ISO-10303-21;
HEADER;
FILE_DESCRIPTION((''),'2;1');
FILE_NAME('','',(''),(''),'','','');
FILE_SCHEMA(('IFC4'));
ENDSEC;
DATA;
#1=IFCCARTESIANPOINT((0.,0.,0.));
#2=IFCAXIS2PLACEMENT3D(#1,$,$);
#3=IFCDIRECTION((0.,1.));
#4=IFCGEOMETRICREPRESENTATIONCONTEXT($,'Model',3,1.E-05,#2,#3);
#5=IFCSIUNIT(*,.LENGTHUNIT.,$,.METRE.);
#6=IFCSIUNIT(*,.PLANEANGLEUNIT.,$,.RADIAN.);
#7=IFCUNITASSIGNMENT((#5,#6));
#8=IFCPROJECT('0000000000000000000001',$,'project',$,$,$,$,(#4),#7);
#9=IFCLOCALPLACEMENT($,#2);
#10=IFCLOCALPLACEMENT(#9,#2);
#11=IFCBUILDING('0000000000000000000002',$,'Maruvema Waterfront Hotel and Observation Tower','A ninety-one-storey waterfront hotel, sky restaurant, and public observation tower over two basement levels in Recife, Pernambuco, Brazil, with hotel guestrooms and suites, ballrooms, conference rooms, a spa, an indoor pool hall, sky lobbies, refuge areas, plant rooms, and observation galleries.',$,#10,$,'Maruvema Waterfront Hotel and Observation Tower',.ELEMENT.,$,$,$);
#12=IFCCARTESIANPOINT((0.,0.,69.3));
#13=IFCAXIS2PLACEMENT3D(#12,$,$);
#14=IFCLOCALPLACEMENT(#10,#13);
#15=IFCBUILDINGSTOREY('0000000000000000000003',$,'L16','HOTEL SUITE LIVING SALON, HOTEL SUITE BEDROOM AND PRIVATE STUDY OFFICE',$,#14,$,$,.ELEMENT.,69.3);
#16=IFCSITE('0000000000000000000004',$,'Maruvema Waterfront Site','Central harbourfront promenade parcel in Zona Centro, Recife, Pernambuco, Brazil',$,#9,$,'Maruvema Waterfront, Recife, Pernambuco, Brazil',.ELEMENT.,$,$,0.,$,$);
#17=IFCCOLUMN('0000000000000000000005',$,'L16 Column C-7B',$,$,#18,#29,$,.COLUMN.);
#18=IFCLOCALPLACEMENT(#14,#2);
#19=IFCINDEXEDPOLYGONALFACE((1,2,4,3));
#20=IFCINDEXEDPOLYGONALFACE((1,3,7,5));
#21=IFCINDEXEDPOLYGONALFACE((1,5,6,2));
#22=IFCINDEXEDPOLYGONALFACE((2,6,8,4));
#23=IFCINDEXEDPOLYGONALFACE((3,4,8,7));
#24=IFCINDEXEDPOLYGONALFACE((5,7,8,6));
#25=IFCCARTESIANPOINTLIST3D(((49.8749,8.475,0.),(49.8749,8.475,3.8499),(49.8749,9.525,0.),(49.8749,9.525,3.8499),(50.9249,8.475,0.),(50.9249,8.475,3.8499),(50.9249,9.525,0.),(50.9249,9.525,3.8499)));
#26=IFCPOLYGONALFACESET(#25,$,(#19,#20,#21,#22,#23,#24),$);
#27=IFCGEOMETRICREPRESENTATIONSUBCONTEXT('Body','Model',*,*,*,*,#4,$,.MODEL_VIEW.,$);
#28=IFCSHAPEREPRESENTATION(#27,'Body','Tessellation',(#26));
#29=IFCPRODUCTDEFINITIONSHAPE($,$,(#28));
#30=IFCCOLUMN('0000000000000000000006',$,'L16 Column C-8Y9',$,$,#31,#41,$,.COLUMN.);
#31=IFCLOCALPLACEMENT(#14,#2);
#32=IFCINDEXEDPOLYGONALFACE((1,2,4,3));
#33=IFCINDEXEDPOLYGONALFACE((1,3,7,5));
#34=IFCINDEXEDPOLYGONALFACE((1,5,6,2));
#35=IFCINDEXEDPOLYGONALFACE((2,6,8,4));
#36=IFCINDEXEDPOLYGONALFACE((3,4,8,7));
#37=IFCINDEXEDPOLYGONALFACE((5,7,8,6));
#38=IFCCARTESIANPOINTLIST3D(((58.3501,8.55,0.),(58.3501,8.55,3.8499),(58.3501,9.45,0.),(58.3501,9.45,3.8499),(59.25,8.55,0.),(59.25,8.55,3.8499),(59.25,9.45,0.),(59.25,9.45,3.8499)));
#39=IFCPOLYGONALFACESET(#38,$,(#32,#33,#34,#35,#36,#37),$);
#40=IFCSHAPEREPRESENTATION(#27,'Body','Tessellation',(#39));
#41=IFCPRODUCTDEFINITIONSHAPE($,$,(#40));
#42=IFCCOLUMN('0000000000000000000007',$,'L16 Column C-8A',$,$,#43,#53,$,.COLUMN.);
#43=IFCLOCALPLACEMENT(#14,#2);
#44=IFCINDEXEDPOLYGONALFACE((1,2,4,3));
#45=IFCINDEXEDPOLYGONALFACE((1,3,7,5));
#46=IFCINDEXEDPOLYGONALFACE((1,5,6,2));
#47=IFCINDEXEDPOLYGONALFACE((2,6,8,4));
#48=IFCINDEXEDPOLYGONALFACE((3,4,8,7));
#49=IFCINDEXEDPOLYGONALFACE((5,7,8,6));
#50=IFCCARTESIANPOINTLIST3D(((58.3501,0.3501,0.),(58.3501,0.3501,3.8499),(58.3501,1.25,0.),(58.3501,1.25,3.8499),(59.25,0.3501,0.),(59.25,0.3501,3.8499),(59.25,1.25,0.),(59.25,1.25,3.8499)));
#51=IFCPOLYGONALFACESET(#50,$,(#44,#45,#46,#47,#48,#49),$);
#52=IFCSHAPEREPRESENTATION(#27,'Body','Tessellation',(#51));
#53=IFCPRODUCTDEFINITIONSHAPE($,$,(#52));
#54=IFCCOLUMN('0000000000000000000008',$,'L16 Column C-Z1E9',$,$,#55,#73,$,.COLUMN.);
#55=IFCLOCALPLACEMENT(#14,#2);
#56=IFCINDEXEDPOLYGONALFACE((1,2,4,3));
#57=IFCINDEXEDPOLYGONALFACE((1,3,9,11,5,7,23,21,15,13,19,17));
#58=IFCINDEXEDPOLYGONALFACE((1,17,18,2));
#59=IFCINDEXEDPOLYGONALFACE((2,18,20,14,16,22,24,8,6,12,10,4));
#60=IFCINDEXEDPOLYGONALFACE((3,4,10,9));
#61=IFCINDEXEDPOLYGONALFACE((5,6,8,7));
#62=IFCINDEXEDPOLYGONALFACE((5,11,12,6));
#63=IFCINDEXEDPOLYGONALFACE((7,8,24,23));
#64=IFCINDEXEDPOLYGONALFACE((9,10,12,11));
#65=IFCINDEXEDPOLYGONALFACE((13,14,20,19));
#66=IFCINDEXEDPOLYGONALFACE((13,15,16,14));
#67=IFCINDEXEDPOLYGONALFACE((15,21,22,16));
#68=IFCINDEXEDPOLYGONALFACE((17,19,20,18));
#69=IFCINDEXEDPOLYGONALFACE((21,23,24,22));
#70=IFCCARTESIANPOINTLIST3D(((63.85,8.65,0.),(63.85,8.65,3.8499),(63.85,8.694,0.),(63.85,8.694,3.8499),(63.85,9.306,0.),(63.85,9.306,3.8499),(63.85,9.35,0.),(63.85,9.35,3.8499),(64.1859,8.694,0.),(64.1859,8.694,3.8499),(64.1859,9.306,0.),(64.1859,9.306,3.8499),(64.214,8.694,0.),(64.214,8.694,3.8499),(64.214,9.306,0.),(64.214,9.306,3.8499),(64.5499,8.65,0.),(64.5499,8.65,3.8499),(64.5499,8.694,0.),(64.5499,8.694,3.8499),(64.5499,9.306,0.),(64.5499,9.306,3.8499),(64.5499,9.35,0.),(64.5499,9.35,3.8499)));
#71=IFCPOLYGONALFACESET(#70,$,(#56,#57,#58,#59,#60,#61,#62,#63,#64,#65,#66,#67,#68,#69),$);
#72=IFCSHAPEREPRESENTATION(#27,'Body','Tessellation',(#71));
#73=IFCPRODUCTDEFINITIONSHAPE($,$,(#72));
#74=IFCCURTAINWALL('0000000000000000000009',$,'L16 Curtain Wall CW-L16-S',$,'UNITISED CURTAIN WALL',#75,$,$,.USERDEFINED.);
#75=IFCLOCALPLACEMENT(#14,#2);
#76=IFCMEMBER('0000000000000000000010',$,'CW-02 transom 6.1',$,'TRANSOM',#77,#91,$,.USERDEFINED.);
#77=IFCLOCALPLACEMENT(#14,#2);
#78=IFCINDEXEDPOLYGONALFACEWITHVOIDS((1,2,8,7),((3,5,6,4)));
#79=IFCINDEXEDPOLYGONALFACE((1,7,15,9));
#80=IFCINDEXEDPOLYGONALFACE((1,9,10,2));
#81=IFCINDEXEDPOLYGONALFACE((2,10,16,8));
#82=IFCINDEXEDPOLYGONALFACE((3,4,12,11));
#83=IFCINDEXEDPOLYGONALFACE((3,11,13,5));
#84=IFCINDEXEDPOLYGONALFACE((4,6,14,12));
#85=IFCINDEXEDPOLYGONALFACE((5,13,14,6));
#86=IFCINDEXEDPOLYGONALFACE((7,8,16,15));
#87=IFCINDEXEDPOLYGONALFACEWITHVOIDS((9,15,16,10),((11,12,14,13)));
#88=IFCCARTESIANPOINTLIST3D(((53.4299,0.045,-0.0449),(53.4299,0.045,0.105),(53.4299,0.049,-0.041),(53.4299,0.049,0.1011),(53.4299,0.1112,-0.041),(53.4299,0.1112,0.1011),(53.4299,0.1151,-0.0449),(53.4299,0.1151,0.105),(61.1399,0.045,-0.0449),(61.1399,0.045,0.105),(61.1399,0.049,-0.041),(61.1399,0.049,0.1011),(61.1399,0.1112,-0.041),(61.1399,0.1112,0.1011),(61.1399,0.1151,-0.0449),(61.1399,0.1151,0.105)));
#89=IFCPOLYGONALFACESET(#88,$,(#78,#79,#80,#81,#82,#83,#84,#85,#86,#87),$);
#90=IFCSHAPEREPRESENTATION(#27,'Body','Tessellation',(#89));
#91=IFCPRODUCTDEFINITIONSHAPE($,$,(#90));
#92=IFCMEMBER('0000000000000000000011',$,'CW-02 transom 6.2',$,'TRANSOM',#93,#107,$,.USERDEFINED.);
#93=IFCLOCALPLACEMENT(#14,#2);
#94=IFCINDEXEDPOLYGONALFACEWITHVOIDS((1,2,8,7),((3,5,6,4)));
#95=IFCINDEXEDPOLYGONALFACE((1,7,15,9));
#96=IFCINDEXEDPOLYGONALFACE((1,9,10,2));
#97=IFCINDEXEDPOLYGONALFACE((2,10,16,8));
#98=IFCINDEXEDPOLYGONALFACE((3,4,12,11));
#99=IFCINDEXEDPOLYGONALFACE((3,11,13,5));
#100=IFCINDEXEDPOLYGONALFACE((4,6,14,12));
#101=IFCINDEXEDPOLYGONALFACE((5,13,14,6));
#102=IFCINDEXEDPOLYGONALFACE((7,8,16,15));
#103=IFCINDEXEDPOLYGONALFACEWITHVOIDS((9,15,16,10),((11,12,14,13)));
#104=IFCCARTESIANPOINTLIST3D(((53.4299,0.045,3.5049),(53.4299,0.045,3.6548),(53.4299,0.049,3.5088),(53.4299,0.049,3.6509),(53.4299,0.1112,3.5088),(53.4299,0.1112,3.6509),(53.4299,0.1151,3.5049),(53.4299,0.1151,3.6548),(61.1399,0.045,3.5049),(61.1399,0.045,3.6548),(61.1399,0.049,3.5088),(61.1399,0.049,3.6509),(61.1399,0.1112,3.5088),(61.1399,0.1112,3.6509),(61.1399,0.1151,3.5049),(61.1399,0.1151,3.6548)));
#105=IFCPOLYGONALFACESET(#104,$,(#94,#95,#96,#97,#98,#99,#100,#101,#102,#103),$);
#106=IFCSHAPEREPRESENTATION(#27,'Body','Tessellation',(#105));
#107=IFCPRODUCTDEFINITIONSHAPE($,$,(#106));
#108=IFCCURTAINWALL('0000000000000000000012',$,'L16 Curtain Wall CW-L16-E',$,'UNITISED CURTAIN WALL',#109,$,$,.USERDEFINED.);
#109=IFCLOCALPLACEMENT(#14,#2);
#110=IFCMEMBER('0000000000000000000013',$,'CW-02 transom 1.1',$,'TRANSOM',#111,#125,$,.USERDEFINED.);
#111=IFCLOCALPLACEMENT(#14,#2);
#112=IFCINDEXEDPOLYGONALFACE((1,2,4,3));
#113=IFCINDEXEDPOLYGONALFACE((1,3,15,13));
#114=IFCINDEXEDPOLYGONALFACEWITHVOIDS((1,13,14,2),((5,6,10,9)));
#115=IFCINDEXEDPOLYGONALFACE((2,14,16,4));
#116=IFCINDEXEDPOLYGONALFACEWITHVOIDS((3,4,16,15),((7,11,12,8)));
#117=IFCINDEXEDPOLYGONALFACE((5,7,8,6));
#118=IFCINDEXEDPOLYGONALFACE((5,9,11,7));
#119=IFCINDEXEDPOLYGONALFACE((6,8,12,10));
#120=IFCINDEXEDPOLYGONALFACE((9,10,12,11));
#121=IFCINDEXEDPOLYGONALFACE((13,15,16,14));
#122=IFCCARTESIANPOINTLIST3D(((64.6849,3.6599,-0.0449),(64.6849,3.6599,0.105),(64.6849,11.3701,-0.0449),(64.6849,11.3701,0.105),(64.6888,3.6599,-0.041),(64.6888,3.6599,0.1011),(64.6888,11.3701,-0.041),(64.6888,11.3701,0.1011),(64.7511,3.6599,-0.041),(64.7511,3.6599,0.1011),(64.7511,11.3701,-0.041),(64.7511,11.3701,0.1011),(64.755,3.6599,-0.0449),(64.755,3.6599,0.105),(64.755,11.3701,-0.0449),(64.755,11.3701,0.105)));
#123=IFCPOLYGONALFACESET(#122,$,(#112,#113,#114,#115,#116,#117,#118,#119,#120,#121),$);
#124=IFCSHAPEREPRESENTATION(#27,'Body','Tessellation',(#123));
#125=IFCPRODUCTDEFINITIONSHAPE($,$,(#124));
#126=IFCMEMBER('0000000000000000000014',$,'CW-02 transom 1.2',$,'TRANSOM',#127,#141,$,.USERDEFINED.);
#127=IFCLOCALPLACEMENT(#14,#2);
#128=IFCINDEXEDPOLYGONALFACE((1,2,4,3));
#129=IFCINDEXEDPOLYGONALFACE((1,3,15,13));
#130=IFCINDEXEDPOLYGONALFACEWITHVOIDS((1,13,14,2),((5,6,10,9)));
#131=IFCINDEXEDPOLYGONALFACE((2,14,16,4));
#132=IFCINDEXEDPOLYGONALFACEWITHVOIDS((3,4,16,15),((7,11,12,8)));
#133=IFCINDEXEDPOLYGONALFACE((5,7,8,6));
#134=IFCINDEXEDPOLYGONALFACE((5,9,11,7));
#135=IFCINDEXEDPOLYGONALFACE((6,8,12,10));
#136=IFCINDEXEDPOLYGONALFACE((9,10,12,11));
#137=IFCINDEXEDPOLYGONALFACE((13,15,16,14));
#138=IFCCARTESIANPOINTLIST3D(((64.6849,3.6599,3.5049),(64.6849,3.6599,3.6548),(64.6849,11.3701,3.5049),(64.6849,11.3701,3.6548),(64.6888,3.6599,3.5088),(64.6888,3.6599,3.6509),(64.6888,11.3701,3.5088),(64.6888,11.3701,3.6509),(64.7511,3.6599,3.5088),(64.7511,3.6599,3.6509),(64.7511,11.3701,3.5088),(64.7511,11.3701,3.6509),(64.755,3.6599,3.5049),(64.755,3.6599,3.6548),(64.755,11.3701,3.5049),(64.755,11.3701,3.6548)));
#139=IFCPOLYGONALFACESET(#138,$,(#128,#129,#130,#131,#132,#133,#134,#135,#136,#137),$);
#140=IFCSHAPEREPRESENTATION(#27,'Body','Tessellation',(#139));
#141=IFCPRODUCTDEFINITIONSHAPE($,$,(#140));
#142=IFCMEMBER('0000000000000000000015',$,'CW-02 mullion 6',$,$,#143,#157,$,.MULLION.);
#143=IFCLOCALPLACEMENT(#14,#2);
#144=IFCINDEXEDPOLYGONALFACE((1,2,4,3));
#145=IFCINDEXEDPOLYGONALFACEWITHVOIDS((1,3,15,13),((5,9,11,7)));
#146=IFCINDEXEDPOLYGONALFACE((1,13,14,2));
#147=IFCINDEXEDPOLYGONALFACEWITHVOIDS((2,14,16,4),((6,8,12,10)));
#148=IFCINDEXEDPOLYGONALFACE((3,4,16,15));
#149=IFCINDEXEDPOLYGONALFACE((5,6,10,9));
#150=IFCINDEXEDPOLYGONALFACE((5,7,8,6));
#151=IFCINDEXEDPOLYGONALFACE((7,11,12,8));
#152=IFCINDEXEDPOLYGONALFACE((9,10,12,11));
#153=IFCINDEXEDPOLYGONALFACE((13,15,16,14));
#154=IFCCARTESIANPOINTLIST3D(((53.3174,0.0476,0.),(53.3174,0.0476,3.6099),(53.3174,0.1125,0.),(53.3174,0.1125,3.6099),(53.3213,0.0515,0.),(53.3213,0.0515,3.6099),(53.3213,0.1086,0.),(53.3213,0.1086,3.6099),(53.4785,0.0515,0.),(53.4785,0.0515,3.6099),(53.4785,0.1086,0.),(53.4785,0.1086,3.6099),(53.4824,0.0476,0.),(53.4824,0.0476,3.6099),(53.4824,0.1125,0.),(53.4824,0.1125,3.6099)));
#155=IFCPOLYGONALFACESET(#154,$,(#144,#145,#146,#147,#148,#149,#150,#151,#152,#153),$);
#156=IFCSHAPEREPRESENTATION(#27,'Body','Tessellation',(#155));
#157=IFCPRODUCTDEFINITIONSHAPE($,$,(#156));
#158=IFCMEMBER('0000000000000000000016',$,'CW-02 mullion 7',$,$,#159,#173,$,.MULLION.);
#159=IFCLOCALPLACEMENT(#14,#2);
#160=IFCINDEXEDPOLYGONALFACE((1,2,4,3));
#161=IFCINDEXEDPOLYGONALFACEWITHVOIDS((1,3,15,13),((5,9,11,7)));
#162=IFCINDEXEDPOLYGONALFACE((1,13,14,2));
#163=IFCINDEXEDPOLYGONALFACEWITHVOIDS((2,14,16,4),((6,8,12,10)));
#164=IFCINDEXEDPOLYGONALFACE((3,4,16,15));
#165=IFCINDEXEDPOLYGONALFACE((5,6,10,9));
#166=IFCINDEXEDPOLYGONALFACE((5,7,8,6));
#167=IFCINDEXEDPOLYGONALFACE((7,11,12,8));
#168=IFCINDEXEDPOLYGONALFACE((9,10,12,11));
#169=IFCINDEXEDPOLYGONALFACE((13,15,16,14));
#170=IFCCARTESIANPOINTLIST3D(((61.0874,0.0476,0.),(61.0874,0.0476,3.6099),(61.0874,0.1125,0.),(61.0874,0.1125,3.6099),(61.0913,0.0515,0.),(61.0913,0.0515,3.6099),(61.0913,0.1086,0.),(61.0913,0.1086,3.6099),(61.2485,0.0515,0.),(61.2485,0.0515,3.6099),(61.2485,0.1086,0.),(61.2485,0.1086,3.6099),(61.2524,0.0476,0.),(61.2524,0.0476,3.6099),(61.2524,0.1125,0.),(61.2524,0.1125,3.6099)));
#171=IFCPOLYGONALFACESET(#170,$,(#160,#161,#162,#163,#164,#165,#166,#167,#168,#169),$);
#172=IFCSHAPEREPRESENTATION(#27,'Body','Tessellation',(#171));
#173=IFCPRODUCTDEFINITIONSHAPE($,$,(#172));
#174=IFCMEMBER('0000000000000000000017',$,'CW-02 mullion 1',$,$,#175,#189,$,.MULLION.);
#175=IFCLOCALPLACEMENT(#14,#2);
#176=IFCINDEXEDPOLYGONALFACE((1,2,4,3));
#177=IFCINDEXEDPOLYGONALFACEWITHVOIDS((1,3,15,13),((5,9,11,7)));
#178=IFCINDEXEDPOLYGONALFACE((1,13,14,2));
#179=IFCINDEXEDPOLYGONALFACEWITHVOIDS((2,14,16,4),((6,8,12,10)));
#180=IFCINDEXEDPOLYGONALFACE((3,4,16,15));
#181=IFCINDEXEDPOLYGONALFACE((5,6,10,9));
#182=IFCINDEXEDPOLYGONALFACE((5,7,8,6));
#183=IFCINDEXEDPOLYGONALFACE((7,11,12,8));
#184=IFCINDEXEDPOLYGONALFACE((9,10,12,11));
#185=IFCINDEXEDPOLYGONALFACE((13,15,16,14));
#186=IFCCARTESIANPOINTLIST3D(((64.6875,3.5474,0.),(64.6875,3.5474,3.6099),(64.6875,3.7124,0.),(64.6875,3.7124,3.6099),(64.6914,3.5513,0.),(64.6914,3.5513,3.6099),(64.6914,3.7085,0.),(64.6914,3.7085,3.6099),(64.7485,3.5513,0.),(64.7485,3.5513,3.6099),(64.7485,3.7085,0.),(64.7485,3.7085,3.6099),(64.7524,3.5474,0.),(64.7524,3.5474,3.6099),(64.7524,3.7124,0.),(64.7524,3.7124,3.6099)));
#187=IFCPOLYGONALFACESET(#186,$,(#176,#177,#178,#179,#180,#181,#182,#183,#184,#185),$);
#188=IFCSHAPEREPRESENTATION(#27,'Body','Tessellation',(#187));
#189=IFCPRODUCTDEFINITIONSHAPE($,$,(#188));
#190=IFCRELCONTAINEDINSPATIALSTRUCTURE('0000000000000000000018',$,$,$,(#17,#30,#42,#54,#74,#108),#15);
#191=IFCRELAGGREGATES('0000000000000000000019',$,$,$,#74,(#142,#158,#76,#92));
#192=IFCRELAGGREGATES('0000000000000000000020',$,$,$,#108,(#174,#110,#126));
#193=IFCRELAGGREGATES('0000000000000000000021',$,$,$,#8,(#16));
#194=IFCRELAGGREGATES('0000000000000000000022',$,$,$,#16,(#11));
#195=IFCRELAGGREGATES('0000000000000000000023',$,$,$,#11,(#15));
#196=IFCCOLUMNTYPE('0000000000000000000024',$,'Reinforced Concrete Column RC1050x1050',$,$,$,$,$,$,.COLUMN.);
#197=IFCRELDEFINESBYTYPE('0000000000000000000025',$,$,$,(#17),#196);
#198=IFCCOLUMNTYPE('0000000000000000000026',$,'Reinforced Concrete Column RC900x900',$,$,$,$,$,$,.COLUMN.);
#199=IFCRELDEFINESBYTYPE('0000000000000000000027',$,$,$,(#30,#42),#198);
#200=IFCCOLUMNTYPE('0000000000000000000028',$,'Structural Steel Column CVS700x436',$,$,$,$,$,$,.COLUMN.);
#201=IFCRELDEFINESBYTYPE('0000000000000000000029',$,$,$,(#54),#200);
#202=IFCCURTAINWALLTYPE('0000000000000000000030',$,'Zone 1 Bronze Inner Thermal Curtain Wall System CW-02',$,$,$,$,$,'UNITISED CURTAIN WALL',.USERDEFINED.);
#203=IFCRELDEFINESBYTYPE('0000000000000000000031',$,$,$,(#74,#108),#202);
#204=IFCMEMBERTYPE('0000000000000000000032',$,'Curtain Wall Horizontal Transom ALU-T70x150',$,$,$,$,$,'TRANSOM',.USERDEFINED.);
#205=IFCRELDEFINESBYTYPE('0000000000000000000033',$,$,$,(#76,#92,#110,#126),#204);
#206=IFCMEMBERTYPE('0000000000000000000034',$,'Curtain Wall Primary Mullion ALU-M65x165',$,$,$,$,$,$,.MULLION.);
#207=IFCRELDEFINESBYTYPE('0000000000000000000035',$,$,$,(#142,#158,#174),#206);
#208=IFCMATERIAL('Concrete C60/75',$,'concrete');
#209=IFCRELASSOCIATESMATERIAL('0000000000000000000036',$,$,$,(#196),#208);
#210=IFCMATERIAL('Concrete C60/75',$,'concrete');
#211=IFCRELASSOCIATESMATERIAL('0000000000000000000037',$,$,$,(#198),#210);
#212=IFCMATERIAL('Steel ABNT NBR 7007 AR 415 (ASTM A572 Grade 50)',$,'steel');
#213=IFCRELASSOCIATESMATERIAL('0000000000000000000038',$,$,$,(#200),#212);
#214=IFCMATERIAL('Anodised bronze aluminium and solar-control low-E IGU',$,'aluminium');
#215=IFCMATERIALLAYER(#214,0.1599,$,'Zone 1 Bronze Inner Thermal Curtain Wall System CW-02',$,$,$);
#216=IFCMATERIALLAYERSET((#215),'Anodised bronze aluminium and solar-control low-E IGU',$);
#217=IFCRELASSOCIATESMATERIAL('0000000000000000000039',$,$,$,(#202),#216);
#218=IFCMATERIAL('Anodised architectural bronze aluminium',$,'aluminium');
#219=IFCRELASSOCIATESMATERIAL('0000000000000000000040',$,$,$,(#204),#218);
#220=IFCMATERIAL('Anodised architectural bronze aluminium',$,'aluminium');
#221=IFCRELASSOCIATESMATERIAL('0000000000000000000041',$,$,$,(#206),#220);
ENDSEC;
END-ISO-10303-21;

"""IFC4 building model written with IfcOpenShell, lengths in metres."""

from ifc_helpers import new_model, si_unit, direction, frame, origin, origin_2d, place, context, subcontext, project, spatial, rectangle, hollow_rectangle, i_section, extrude, material, layer, layer_set, material_profile, profile_set, type_object, element, aggregate, save


model = new_model("IFC4")

# Units and contexts
model_context = context("Model", 3, precision=1e-05, world=origin(), true_north=direction((0.0, 1.0)))
body_context = subcontext(model_context, "Body", "Model", "MODEL_VIEW")
ifc_project = project(units=[si_unit("LENGTHUNIT", "METRE"), si_unit("PLANEANGLEUNIT", "RADIAN")], contexts=[model_context])

# Site, building, storey
site_placement = place(None, origin())
site = spatial("IfcSite", under=ifc_project, at=site_placement, Name="Maruvema Waterfront Site", Description="Central harbourfront promenade parcel in Zona Centro, Recife, Pernambuco, Brazil", LongName="Maruvema Waterfront, Recife, Pernambuco, Brazil", CompositionType="ELEMENT", RefElevation=0.0)
building_placement = place(site_placement, origin())
building = spatial("IfcBuilding", under=site, at=building_placement, Name="Maruvema Waterfront Hotel and Observation Tower", Description="A ninety-one-storey waterfront hotel, sky restaurant, and public observation tower over two basement levels in Recife, Pernambuco, Brazil, with hotel guestrooms and suites, ballrooms, conference rooms, a spa, an indoor pool hall, sky lobbies, refuge areas, plant rooms, and observation galleries.", LongName="Maruvema Waterfront Hotel and Observation Tower", CompositionType="ELEMENT")
storey_placement = place(building_placement, frame((0.0, 0.0, 69.3)))
storey = spatial("IfcBuildingStorey", under=building, at=storey_placement, Name="L16", Description="HOTEL SUITE LIVING SALON, HOTEL SUITE BEDROOM AND PRIVATE STUDY OFFICE", CompositionType="ELEMENT", Elevation=69.3)

# Columns
ifc_material_1 = material(Name="Concrete C60/75", Category="concrete")
ifc_material_profile_1 = material_profile(ifc_material_1, rectangle(XDim=1.05, YDim=1.05, at=origin_2d()), Name="RC1050x1050")
ifc_profile_set_1 = profile_set([ifc_material_profile_1], Name="Concrete C60/75")
column_type_1 = type_object("IfcColumnType", Name="Reinforced Concrete Column RC1050x1050", PredefinedType="COLUMN", material=ifc_profile_set_1)
column_1_placement = place(storey_placement, frame((50.3999, 9.0, 0.0), z_axis=(0.0, 0.0, 1.0), x_axis=(1.0, 0.0, 0.0)))
element("IfcColumn", 1, at=column_1_placement, inside=storey, type_object=column_type_1, Name="L16 Column C-7B", PredefinedType="COLUMN", context=body_context, shape_type="SweptSolid", body=[
    extrude(rectangle(XDim=1.05, YDim=1.05, at=origin_2d()), origin(), (0.0, 0.0, 1.0), 3.8499),
])
ifc_material_2 = material(Name="Concrete C60/75", Category="concrete")
ifc_material_profile_2 = material_profile(ifc_material_2, rectangle(XDim=0.8999, YDim=0.8999, at=origin_2d()), Name="RC900x900")
ifc_profile_set_2 = profile_set([ifc_material_profile_2], Name="Concrete C60/75")
column_type_2 = type_object("IfcColumnType", Name="Reinforced Concrete Column RC900x900", PredefinedType="COLUMN", material=ifc_profile_set_2)
for number, where, z_axis, x_axis, name in (
    (2, (58.8, 9.0, 0.0), (0.0, 0.0, 1.0), (1.0, 0.0, 0.0), "L16 Column C-8Y9"),
    (3, (58.8, 0.8, 0.0), (0.0, 0.0, 1.0), (1.0, 0.0, 0.0), "L16 Column C-8A"),
):
    element("IfcColumn", number, at=place(storey_placement, frame(where, z_axis=z_axis, x_axis=x_axis)), inside=storey, type_object=column_type_2, Name=name, PredefinedType="COLUMN", context=body_context, shape_type="SweptSolid", body=[
        extrude(rectangle(XDim=0.8999, YDim=0.8999, at=origin_2d()), origin(), (0.0, 0.0, 1.0), 3.8499),
    ])
ifc_material_3 = material(Name="Steel ABNT NBR 7007 AR 415 (ASTM A572 Grade 50)", Category="steel")
ifc_material_profile_3 = material_profile(ifc_material_3, i_section(OverallWidth=0.7, OverallDepth=0.7, WebThickness=0.0281, FlangeThickness=0.0439, at=origin_2d()), Name="CVS700x436")
ifc_profile_set_3 = profile_set([ifc_material_profile_3], Name="Steel ABNT NBR 7007 AR 415 (ASTM A572 Grade 50)")
column_type_3 = type_object("IfcColumnType", Name="Structural Steel Column CVS700x436", PredefinedType="COLUMN", material=ifc_profile_set_3)
column_2_placement = place(storey_placement, frame((64.2, 9.0, 0.0), z_axis=(0.0, 0.0, 1.0), x_axis=(1.0, 0.0, 0.0)))
element("IfcColumn", 4, at=column_2_placement, inside=storey, type_object=column_type_3, Name="L16 Column C-Z1E9", PredefinedType="COLUMN", context=body_context, shape_type="SweptSolid", body=[
    extrude(i_section(OverallWidth=0.7, OverallDepth=0.7, WebThickness=0.0281, FlangeThickness=0.0439, at=origin_2d()), origin(), (0.0, 0.0, 1.0), 3.8499),
])

# Curtain walls, members
ifc_material_4 = material(Name="Anodised bronze aluminium and solar-control low-E IGU", Category="aluminium")
ifc_layer_1 = layer(ifc_material_4, 0.1599, Name="Zone 1 Bronze Inner Thermal Curtain Wall System CW-02")
ifc_layer_set_1 = layer_set([ifc_layer_1], Name="Anodised bronze aluminium and solar-control low-E IGU")
curtain_wall_type = type_object("IfcCurtainWallType", Name="Zone 1 Bronze Inner Thermal Curtain Wall System CW-02", ElementType="UNITISED CURTAIN WALL", PredefinedType="USERDEFINED", material=ifc_layer_set_1)
curtain_wall_1_placement = place(storey_placement, origin())
curtain_wall_1 = element("IfcCurtainWall", 5, at=curtain_wall_1_placement, inside=storey, type_object=curtain_wall_type, Name="L16 Curtain Wall CW-L16-S", ObjectType="UNITISED CURTAIN WALL", PredefinedType="USERDEFINED")
ifc_material_5 = material(Name="Anodised architectural bronze aluminium", Category="aluminium")
ifc_material_profile_4 = material_profile(ifc_material_5, hollow_rectangle(XDim=0.0701, YDim=0.1499, WallThickness=0.0039, at=origin_2d()), Name="ALU-T70x150")
ifc_profile_set_4 = profile_set([ifc_material_profile_4], Name="Anodised architectural bronze aluminium")
member_type_1 = type_object("IfcMemberType", Name="Curtain Wall Horizontal Transom ALU-T70x150", ElementType="TRANSOM", PredefinedType="USERDEFINED", material=ifc_profile_set_4)
member_1_placement = place(storey_placement, frame((53.4299, 0.0801, 0.03), z_axis=(1.0, 0.0, 0.0), x_axis=(0.0, 1.0, 0.0)))
member_1 = element("IfcMember", 6, at=member_1_placement, type_object=member_type_1, Name="CW-02 transom 6.1", ObjectType="TRANSOM", PredefinedType="USERDEFINED", context=body_context, shape_type="SweptSolid", body=[
    extrude(hollow_rectangle(XDim=0.0701, YDim=0.1499, WallThickness=0.0039, at=origin_2d()), origin(), (0.0, 0.0, 1.0), 7.71),
])
member_2_placement = place(storey_placement, frame((53.4299, 0.0801, 3.5798), z_axis=(1.0, 0.0, 0.0), x_axis=(0.0, 1.0, 0.0)))
member_2 = element("IfcMember", 7, at=member_2_placement, type_object=member_type_1, Name="CW-02 transom 6.2", ObjectType="TRANSOM", PredefinedType="USERDEFINED", context=body_context, shape_type="SweptSolid", body=[
    extrude(hollow_rectangle(XDim=0.0701, YDim=0.1499, WallThickness=0.0039, at=origin_2d()), origin(), (0.0, 0.0, 1.0), 7.71),
])
curtain_wall_2_placement = place(storey_placement, origin())
curtain_wall_2 = element("IfcCurtainWall", 8, at=curtain_wall_2_placement, inside=storey, type_object=curtain_wall_type, Name="L16 Curtain Wall CW-L16-E", ObjectType="UNITISED CURTAIN WALL", PredefinedType="USERDEFINED")
member_3_placement = place(storey_placement, frame((64.72, 3.6599, 0.03), z_axis=(0.0, 1.0, 0.0), x_axis=(-1.0, 0.0, 0.0)))
member_3 = element("IfcMember", 9, at=member_3_placement, type_object=member_type_1, Name="CW-02 transom 1.1", ObjectType="TRANSOM", PredefinedType="USERDEFINED", context=body_context, shape_type="SweptSolid", body=[
    extrude(hollow_rectangle(XDim=0.0701, YDim=0.1499, WallThickness=0.0039, at=origin_2d()), origin(), (0.0, 0.0, 1.0), 7.7102),
])
member_4_placement = place(storey_placement, frame((64.72, 3.6599, 3.5798), z_axis=(0.0, 1.0, 0.0), x_axis=(-1.0, 0.0, 0.0)))
member_4 = element("IfcMember", 10, at=member_4_placement, type_object=member_type_1, Name="CW-02 transom 1.2", ObjectType="TRANSOM", PredefinedType="USERDEFINED", context=body_context, shape_type="SweptSolid", body=[
    extrude(hollow_rectangle(XDim=0.0701, YDim=0.1499, WallThickness=0.0039, at=origin_2d()), origin(), (0.0, 0.0, 1.0), 7.7102),
])

# Members
ifc_material_6 = material(Name="Anodised architectural bronze aluminium", Category="aluminium")
ifc_material_profile_5 = material_profile(ifc_material_6, hollow_rectangle(XDim=0.0649, YDim=0.165, WallThickness=0.0039, at=origin_2d()), Name="ALU-M65x165")
ifc_profile_set_5 = profile_set([ifc_material_profile_5], Name="Anodised architectural bronze aluminium")
member_type_2 = type_object("IfcMemberType", Name="Curtain Wall Primary Mullion ALU-M65x165", PredefinedType="MULLION", material=ifc_profile_set_5)
member_5_placement = place(storey_placement, frame((53.3999, 0.0801, 0.0), z_axis=(0.0, 0.0, 1.0), x_axis=(0.0, 1.0, 0.0)))
member_5 = element("IfcMember", 11, at=member_5_placement, type_object=member_type_2, Name="CW-02 mullion 6", PredefinedType="MULLION", context=body_context, shape_type="SweptSolid", body=[
    extrude(hollow_rectangle(XDim=0.0649, YDim=0.165, WallThickness=0.0039, at=origin_2d()), origin(), (0.0, 0.0, 1.0), 3.6099),
])
member_6_placement = place(storey_placement, frame((61.1699, 0.0801, 0.0), z_axis=(0.0, 0.0, 1.0), x_axis=(0.0, 1.0, 0.0)))
member_6 = element("IfcMember", 12, at=member_6_placement, type_object=member_type_2, Name="CW-02 mullion 7", PredefinedType="MULLION", context=body_context, shape_type="SweptSolid", body=[
    extrude(hollow_rectangle(XDim=0.0649, YDim=0.165, WallThickness=0.0039, at=origin_2d()), origin(), (0.0, 0.0, 1.0), 3.6099),
])
member_7_placement = place(storey_placement, frame((64.72, 3.6299, 0.0), z_axis=(0.0, 0.0, 1.0), x_axis=(-1.0, 0.0, 0.0)))
member_7 = element("IfcMember", 13, at=member_7_placement, type_object=member_type_2, Name="CW-02 mullion 1", PredefinedType="MULLION", context=body_context, shape_type="SweptSolid", body=[
    extrude(hollow_rectangle(XDim=0.0649, YDim=0.165, WallThickness=0.0039, at=origin_2d()), origin(), (0.0, 0.0, 1.0), 3.6099),
])

aggregate(curtain_wall_1, [member_5, member_6, member_1, member_2])
aggregate(curtain_wall_2, [member_7, member_3, member_4])

save(model, "model.ifc")
